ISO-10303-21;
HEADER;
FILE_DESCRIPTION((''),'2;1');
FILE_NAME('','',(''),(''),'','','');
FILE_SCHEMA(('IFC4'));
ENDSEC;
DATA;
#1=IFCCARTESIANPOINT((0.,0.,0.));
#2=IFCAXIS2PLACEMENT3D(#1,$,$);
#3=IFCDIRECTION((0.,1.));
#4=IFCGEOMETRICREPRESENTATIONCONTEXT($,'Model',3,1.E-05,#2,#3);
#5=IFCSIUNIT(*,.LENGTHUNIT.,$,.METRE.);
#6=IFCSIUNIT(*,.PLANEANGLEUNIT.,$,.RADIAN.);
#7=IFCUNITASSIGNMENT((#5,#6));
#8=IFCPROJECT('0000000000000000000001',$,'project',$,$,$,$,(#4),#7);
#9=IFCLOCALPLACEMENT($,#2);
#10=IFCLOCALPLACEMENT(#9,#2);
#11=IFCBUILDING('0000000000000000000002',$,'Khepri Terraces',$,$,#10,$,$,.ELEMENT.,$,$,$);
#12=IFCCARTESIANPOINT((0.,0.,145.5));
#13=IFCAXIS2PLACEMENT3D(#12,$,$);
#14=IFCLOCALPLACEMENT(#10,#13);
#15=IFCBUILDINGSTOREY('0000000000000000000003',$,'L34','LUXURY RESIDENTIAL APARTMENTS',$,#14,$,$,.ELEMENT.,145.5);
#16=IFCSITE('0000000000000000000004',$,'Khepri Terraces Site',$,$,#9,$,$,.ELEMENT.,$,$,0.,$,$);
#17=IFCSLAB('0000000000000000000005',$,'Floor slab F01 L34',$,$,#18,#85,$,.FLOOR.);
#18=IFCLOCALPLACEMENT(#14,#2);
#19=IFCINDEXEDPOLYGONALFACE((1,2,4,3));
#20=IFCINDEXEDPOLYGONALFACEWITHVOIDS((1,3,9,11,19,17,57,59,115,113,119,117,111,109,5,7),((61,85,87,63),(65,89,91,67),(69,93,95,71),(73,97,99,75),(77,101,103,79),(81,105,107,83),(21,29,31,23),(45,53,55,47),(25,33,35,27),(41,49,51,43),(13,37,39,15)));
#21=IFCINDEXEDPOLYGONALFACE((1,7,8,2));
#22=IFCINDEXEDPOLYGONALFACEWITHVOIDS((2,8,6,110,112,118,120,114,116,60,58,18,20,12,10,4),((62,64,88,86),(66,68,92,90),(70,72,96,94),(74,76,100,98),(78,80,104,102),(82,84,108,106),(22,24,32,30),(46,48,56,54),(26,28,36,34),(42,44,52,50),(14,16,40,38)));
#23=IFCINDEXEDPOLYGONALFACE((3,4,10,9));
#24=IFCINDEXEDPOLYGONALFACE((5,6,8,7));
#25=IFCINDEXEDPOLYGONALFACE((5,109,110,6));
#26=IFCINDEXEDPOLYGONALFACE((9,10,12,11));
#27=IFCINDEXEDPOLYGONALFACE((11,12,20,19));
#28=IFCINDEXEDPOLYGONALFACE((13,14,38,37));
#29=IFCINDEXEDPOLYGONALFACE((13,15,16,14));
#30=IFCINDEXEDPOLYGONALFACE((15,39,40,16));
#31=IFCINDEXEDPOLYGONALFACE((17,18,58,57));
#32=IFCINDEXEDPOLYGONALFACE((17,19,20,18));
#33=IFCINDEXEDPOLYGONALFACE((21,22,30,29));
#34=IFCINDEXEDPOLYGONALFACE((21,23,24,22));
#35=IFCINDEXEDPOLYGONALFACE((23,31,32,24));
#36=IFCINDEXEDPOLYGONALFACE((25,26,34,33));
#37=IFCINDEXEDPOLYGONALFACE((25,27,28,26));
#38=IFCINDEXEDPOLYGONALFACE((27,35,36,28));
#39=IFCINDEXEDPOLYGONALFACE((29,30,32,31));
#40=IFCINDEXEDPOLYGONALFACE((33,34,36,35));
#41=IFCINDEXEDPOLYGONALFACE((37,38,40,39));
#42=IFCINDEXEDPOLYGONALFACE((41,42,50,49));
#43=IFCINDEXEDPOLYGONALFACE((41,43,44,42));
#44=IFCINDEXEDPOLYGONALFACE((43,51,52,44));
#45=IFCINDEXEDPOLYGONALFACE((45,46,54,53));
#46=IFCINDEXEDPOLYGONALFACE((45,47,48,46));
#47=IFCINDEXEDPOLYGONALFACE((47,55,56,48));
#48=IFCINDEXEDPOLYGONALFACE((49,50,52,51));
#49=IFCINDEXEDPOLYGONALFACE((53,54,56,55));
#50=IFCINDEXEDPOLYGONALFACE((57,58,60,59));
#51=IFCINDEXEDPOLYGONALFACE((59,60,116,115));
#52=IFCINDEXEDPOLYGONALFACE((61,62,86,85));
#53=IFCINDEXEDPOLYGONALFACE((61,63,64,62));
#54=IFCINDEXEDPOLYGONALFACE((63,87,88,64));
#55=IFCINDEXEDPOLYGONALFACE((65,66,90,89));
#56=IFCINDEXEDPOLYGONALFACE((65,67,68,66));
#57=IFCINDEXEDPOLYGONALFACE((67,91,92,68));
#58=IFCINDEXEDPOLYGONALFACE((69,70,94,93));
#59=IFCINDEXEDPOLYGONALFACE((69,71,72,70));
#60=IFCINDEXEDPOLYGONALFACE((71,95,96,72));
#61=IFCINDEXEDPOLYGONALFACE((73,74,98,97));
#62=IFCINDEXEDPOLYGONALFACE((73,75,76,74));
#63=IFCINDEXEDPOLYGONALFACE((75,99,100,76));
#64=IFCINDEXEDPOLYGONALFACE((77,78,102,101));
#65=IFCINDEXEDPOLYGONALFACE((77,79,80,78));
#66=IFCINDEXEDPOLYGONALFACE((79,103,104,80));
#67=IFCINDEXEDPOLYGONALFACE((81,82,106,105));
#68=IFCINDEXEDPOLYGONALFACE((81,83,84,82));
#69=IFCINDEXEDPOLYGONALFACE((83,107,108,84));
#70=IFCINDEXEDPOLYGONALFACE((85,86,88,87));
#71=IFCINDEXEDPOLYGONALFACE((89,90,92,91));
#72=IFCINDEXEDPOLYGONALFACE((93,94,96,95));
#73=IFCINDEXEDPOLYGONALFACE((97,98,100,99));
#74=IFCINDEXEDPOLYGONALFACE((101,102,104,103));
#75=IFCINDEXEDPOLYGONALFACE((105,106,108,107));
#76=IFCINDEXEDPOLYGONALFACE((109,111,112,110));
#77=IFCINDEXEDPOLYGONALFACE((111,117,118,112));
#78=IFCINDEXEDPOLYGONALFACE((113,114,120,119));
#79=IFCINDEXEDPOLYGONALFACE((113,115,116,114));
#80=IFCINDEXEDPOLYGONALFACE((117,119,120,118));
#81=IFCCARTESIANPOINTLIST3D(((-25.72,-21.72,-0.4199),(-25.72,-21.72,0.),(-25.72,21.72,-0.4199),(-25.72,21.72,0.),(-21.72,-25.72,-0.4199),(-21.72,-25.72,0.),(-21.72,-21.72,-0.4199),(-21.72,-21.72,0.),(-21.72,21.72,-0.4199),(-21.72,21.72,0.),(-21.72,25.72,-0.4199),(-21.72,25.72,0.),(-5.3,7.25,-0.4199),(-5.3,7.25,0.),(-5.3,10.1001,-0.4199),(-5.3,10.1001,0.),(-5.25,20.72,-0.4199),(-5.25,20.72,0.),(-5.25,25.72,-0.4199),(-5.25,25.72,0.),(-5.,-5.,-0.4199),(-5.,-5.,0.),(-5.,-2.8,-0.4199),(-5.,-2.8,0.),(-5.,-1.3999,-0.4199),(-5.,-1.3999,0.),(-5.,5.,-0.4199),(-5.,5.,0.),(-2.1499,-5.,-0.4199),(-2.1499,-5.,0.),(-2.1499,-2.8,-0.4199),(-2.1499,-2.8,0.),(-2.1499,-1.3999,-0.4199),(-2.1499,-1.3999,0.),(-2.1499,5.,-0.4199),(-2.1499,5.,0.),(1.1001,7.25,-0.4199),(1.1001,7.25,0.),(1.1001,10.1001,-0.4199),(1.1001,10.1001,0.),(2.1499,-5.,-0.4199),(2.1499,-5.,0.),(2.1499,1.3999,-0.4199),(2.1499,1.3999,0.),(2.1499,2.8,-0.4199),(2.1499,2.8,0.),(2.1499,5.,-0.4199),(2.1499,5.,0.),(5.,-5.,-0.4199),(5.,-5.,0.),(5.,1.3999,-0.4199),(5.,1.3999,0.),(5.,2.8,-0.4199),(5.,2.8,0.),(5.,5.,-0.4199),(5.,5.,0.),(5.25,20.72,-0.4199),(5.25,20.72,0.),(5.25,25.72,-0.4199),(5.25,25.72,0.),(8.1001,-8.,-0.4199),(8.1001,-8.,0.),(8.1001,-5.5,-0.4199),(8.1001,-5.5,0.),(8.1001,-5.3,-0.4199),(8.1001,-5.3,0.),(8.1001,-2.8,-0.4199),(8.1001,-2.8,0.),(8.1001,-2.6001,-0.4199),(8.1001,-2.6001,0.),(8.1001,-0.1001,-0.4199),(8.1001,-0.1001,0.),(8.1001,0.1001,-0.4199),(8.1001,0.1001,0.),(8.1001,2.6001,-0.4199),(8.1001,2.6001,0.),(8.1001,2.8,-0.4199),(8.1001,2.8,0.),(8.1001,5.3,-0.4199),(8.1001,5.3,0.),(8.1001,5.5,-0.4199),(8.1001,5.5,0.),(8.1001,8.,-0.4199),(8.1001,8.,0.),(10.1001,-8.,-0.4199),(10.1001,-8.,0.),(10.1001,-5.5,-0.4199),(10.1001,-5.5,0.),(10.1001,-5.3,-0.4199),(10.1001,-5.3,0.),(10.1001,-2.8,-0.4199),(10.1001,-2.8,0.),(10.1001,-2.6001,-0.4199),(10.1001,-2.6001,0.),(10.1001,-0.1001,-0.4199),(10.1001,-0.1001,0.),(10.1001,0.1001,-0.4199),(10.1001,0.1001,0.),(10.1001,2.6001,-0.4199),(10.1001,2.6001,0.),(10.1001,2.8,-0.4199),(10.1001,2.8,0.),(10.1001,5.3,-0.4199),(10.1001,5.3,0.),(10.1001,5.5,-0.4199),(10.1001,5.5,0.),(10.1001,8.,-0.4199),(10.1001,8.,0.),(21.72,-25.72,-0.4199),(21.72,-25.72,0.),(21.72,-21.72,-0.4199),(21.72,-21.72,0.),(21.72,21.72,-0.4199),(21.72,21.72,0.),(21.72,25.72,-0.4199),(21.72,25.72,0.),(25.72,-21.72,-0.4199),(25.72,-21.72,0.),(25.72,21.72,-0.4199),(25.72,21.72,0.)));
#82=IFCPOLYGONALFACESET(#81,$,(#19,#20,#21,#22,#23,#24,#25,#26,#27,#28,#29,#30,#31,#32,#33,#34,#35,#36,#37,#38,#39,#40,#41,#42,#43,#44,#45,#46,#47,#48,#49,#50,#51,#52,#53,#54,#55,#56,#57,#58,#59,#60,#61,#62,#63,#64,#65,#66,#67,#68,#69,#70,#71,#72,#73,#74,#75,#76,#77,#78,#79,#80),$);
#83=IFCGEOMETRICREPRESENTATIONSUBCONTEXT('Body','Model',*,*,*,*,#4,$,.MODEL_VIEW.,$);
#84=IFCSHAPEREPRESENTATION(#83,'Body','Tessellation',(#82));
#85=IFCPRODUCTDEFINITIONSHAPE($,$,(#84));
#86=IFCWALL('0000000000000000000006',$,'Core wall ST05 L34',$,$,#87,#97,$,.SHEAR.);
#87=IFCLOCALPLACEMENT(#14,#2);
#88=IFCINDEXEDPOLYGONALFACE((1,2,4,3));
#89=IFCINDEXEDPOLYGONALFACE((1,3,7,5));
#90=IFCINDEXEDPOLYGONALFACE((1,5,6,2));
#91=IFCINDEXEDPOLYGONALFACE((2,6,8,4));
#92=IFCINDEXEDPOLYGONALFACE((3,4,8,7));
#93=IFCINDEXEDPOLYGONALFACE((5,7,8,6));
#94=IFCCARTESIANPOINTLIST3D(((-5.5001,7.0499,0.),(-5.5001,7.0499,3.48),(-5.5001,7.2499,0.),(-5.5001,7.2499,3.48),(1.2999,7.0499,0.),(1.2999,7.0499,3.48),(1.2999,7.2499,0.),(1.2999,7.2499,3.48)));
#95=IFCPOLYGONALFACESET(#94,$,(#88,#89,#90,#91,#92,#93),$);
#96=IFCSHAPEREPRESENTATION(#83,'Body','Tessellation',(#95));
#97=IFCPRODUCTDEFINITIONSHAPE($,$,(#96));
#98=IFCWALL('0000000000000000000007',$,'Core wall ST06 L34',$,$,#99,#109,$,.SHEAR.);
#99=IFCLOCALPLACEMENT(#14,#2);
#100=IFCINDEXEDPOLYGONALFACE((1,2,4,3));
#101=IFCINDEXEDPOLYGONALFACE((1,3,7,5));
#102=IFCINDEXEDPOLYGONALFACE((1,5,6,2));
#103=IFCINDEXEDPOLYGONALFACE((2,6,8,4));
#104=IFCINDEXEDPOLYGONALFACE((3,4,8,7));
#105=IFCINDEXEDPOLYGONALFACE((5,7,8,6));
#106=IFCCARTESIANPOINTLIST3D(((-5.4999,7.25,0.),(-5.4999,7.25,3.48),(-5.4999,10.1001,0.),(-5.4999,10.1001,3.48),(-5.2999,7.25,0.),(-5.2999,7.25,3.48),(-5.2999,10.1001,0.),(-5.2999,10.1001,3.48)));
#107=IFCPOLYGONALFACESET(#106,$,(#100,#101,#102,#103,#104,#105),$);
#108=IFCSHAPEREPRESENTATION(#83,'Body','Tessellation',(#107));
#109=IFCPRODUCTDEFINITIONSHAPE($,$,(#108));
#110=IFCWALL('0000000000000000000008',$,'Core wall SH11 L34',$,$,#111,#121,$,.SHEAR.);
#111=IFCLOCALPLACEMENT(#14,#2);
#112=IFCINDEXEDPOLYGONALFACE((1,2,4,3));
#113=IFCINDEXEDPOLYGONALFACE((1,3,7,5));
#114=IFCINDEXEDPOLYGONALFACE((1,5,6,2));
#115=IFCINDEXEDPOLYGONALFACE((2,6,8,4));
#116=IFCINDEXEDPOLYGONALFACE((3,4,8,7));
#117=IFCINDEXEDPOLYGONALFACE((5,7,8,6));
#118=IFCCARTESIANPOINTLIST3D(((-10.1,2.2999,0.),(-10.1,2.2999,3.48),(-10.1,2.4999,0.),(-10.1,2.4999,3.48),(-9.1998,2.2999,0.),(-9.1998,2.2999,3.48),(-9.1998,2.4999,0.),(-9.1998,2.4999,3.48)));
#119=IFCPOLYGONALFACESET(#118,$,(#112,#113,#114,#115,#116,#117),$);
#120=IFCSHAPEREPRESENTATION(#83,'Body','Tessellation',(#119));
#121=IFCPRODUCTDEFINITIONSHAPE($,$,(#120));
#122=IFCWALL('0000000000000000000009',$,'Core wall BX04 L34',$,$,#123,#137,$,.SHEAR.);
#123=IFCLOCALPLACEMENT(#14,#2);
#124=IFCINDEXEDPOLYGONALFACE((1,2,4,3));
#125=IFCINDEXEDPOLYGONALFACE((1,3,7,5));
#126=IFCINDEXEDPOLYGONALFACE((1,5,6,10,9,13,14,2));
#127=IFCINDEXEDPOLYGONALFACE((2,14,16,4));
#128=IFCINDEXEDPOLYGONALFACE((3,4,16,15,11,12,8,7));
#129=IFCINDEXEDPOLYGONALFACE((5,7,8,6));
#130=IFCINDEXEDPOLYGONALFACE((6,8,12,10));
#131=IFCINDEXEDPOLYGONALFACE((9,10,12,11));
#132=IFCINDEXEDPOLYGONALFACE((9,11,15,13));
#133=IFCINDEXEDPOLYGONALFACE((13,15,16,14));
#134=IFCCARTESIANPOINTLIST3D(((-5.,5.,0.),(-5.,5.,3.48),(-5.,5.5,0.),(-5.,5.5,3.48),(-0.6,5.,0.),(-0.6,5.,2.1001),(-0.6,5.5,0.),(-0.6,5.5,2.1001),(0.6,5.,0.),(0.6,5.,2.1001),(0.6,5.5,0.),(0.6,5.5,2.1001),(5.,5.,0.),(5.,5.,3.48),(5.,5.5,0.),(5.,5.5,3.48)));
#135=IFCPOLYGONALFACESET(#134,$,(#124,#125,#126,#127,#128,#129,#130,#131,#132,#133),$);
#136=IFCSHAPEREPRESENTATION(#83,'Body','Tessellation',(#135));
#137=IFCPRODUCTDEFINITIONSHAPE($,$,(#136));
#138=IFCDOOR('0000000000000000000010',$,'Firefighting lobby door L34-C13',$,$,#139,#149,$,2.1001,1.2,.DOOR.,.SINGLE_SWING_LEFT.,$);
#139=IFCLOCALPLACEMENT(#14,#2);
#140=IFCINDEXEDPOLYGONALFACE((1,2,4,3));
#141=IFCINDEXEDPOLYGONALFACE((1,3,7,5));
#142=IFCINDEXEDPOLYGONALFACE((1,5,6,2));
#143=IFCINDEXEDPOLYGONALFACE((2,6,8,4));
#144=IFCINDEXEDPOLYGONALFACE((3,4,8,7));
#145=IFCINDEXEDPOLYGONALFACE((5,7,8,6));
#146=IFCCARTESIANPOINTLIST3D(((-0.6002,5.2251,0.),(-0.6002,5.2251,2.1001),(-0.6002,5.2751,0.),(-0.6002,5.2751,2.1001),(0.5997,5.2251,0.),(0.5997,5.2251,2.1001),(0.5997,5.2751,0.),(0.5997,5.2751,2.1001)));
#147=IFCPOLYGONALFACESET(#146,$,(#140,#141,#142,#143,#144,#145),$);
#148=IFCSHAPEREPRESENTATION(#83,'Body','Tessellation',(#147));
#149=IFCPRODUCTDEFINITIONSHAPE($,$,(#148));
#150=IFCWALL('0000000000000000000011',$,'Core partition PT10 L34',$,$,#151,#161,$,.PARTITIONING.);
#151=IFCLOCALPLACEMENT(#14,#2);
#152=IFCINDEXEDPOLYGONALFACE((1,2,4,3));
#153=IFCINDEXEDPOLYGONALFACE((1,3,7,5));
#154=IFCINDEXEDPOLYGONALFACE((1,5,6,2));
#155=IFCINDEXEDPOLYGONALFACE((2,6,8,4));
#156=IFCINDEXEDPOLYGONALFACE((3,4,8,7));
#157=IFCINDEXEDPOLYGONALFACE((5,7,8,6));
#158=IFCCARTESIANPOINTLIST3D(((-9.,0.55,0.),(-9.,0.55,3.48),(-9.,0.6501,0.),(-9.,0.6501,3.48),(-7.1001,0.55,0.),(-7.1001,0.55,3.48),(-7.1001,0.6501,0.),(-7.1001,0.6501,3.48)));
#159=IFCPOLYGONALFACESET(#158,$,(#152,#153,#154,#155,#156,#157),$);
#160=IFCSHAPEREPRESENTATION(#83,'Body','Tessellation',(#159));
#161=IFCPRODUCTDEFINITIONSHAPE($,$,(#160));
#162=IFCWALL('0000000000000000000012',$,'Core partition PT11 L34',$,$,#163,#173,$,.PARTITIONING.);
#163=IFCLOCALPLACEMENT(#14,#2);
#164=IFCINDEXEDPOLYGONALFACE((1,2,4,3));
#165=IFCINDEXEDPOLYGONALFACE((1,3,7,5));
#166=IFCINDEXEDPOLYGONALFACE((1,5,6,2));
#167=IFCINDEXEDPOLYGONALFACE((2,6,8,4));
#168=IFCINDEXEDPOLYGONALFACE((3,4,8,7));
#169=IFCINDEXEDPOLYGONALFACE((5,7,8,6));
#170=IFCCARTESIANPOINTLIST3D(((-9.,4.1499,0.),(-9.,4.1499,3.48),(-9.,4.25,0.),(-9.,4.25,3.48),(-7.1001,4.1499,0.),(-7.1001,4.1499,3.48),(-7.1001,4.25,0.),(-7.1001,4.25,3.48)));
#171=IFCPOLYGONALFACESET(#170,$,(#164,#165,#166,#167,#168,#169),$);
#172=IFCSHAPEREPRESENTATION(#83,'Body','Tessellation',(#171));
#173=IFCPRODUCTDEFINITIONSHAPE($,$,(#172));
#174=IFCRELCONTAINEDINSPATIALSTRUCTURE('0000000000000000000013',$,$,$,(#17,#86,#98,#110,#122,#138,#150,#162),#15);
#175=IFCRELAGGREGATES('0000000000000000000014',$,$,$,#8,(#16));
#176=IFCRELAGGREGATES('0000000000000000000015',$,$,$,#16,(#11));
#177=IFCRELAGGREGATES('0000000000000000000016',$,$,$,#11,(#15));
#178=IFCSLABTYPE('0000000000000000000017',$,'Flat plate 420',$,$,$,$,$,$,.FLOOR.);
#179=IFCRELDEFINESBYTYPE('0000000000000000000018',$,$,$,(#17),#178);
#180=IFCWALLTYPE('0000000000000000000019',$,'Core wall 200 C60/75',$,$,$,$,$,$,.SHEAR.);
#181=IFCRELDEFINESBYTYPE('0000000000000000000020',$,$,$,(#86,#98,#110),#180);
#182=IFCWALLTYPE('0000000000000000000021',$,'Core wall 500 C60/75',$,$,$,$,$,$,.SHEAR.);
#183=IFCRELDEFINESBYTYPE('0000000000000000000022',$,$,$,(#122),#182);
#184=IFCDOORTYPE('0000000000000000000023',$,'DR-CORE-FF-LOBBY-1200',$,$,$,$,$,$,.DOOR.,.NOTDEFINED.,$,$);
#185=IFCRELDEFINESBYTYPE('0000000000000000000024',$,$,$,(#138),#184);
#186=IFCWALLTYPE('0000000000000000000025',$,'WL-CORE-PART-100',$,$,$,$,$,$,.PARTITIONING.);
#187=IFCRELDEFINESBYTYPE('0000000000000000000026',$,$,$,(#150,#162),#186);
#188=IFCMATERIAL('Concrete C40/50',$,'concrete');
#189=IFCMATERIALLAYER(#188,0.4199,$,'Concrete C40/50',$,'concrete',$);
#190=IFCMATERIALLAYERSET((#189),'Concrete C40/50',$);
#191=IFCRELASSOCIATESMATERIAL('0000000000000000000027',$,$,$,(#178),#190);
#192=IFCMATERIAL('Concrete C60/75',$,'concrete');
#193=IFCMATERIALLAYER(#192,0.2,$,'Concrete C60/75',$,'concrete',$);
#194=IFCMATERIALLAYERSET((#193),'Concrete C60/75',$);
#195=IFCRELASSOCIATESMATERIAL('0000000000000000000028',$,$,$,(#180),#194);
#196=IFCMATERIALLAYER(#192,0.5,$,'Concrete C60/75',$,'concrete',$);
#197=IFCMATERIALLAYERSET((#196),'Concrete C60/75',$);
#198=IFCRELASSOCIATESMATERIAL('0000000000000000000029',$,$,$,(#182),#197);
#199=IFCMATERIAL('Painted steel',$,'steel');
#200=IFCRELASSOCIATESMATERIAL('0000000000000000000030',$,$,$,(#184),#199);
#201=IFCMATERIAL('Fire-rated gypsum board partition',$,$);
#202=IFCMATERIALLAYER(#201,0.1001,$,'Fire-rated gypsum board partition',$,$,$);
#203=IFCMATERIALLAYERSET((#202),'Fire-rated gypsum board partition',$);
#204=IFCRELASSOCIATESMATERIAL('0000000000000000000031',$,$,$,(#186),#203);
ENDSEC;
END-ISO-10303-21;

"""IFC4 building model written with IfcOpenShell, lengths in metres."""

from ifc_helpers import new_model, si_unit, direction, frame, frame_2d, origin, place, context, subcontext, project, spatial, polyline, rectangle, outline, extrude, material, layer, layer_set, type_object, element, fill, save


model = new_model("IFC4")

# Units and contexts
model_context = context("Model", 3, precision=1e-05, world=origin(), true_north=direction((0.0, 1.0)))
body_context = subcontext(model_context, "Body", "Model", "MODEL_VIEW")
ifc_project = project(units=[si_unit("LENGTHUNIT", "METRE"), si_unit("PLANEANGLEUNIT", "RADIAN")], contexts=[model_context])

# Site, building, storey
site_placement = place(None, origin())
site = spatial("IfcSite", under=ifc_project, at=site_placement, Name="Khepri Terraces Site", CompositionType="ELEMENT", RefElevation=0.0)
building_placement = place(site_placement, origin())
building = spatial("IfcBuilding", under=site, at=building_placement, Name="Khepri Terraces", CompositionType="ELEMENT")
storey_placement = place(building_placement, frame((0.0, 0.0, 145.5)))
storey = spatial("IfcBuildingStorey", under=building, at=storey_placement, Name="L34", Description="LUXURY RESIDENTIAL APARTMENTS", CompositionType="ELEMENT", Elevation=145.5)

# Slab
ifc_material_1 = material(Name="Concrete C40/50", Category="concrete")
ifc_layer_1 = layer(ifc_material_1, 0.4199, Name="Concrete C40/50", Category="concrete")
ifc_layer_set_1 = layer_set([ifc_layer_1], Name="Concrete C40/50")
slab_type = type_object("IfcSlabType", Name="Flat plate 420", PredefinedType="FLOOR", material=ifc_layer_set_1)
slab_placement = place(storey_placement, frame((0.0, 0.0, -0.4199)))
element("IfcSlab", 1, at=slab_placement, inside=storey, type_object=slab_type, Name="Floor slab F01 L34", PredefinedType="FLOOR", context=body_context, shape_type="SweptSolid", body=[
    extrude(outline(polyline([(5.25, 25.72), (21.72, 25.72), (21.72, 21.72), (25.72, 21.72), (25.72, -21.72), (21.72, -21.72), (21.72, -25.72), (-21.72, -25.72), (-21.72, -21.72), (-25.72, -21.72), (-25.72, 21.72), (-21.72, 21.72), (-21.72, 25.72), (-5.25, 25.72), (-5.25, 20.72), (5.25, 20.72), (5.25, 25.72)]), holes=[polyline([(2.1499, 2.8), (5.0, 2.8), (5.0, 5.0), (2.1499, 5.0), (2.1499, 2.8)]), polyline([(-5.0, -2.8), (-5.0, -5.0), (-2.1499, -5.0), (-2.1499, -2.8), (-5.0, -2.8)]), polyline([(10.1001, -5.5), (8.1001, -5.5), (8.1001, -8.0), (10.1001, -8.0), (10.1001, -5.5)]), polyline([(10.1001, -5.3), (10.1001, -2.8), (8.1001, -2.8), (8.1001, -5.3), (10.1001, -5.3)]), polyline([(8.1001, -2.6001), (10.1001, -2.6001), (10.1001, -0.1001), (8.1001, -0.1001), (8.1001, -2.6001)]), polyline([(8.1001, 2.6001), (8.1001, 0.1001), (10.1001, 0.1001), (10.1001, 2.6001), (8.1001, 2.6001)]), polyline([(10.1001, 5.3), (8.1001, 5.3), (8.1001, 2.8), (10.1001, 2.8), (10.1001, 5.3)]), polyline([(10.1001, 5.5), (10.1001, 8.0), (8.1001, 8.0), (8.1001, 5.5), (10.1001, 5.5)]), polyline([(-5.0, -1.3999), (-2.1499, -1.3999), (-2.1499, 5.0), (-5.0, 5.0), (-5.0, -1.3999)]), polyline([(5.0, -5.0), (5.0, 1.3999), (2.1499, 1.3999), (2.1499, -5.0), (5.0, -5.0)]), polyline([(-5.3, 10.1001), (-5.3, 7.25), (1.1001, 7.25), (1.1001, 10.1001), (-5.3, 10.1001)])]), origin(), (0.0, 0.0, 1.0), 0.4199),
])

# Walls
ifc_material_2 = material(Name="Concrete C60/75", Category="concrete")
ifc_layer_2 = layer(ifc_material_2, 0.2, Name="Concrete C60/75", Category="concrete")
ifc_layer_set_2 = layer_set([ifc_layer_2], Name="Concrete C60/75")
wall_type_1 = type_object("IfcWallType", Name="Core wall 200 C60/75", PredefinedType="SHEAR", material=ifc_layer_set_2)
wall_1_placement = place(storey_placement, frame((-5.5, 7.1499, 0.0), z_axis=(0.0, 0.0, 1.0), x_axis=(1.0, 0.0, 0.0)))
element("IfcWall", 2, at=wall_1_placement, inside=storey, type_object=wall_type_1, Name="Core wall ST05 L34", PredefinedType="SHEAR", context=body_context, shape_type="SweptSolid", body=[
    extrude(rectangle(XDim=6.8, YDim=0.2, at=frame_2d((3.3999, 0.0))), origin(), (0.0, 0.0, 1.0), 3.48),
])
wall_2_placement = place(storey_placement, frame((-5.3999, 7.25, 0.0), z_axis=(0.0, 0.0, 1.0), x_axis=(0.0, 1.0, 0.0)))
element("IfcWall", 3, at=wall_2_placement, inside=storey, type_object=wall_type_1, Name="Core wall ST06 L34", PredefinedType="SHEAR", context=body_context, shape_type="SweptSolid", body=[
    extrude(rectangle(XDim=2.8501, YDim=0.2, at=frame_2d((1.425, 0.0))), origin(), (0.0, 0.0, 1.0), 3.48),
])
wall_3_placement = place(storey_placement, frame((-10.1001, 2.3999, 0.0), z_axis=(0.0, 0.0, 1.0), x_axis=(1.0, 0.0, 0.0)))
element("IfcWall", 4, at=wall_3_placement, inside=storey, type_object=wall_type_1, Name="Core wall SH11 L34", PredefinedType="SHEAR", context=body_context, shape_type="SweptSolid", body=[
    extrude(rectangle(XDim=0.9001, YDim=0.2, at=frame_2d((0.4502, 0.0))), origin(), (0.0, 0.0, 1.0), 3.48),
])

# Wall, opening, door
ifc_layer_3 = layer(ifc_material_2, 0.5, Name="Concrete C60/75", Category="concrete")
ifc_layer_set_3 = layer_set([ifc_layer_3], Name="Concrete C60/75")
wall_type_2 = type_object("IfcWallType", Name="Core wall 500 C60/75", PredefinedType="SHEAR", material=ifc_layer_set_3)
wall_4_placement = place(storey_placement, frame((-5.0, 5.25, 0.0), z_axis=(0.0, 0.0, 1.0), x_axis=(1.0, 0.0, 0.0)))
wall_4 = element("IfcWall", 5, at=wall_4_placement, inside=storey, type_object=wall_type_2, Name="Core wall BX04 L34", PredefinedType="SHEAR", context=body_context, shape_type="SweptSolid", body=[
    extrude(rectangle(XDim=10.0, YDim=0.5, at=frame_2d((5.0, 0.0))), origin(), (0.0, 0.0, 1.0), 3.48),
])
opening_1_placement = place(wall_4_placement, frame((4.3999, 0.0, 0.0)))
opening_1 = element("IfcOpeningElement", 6, at=opening_1_placement, cuts=wall_4, PredefinedType="OPENING", context=body_context, shape_type="SweptSolid", body=[
    extrude(rectangle(XDim=1.2, YDim=2.1001, at=frame_2d((0.6001, 1.05))), frame((0.0, 0.26, 0.0), z_axis=(0.0, -1.0, 0.0), x_axis=(1.0, 0.0, 0.0)), (0.0, 0.0, 1.0), 0.52),
])
ifc_material_3 = material(Name="Painted steel", Category="steel")
door_type_1 = type_object("IfcDoorType", Name="DR-CORE-FF-LOBBY-1200", OperationType="NOTDEFINED", PredefinedType="DOOR", material=ifc_material_3)
door_1_placement = place(opening_1_placement, frame((1.2, 0.0, 0.0), z_axis=(0.0, 0.0, 1.0), x_axis=(-1.0, 0.0, 0.0)))
door_1 = element("IfcDoor", 7, at=door_1_placement, inside=storey, type_object=door_type_1, Name="Firefighting lobby door L34-C13", OperationType="SINGLE_SWING_LEFT", OverallHeight=2.1001, OverallWidth=1.2, PredefinedType="DOOR", context=body_context, shape_type="SweptSolid", body=[
    extrude(rectangle(XDim=1.2, YDim=2.1001, at=frame_2d((0.6001, 1.05))), frame((0.0, 0.0249, 0.0), z_axis=(0.0, -1.0, 0.0), x_axis=(1.0, 0.0, 0.0)), (0.0, 0.0, 1.0), 0.05),
])
fill(opening_1, door_1)

# Walls
ifc_material_4 = material(Name="Fire-rated gypsum board partition")
ifc_layer_4 = layer(ifc_material_4, 0.1001, Name="Fire-rated gypsum board partition")
ifc_layer_set_4 = layer_set([ifc_layer_4], Name="Fire-rated gypsum board partition")
wall_type_3 = type_object("IfcWallType", Name="WL-CORE-PART-100", PredefinedType="PARTITIONING", material=ifc_layer_set_4)
for number, where, z_axis, x_axis, name in (
    (8, (-9.0, 0.6001, 0.0), (0.0, 0.0, 1.0), (1.0, 0.0, 0.0), "Core partition PT10 L34"),
    (9, (-9.0, 4.2, 0.0), (0.0, 0.0, 1.0), (1.0, 0.0, 0.0), "Core partition PT11 L34"),
):
    element("IfcWall", number, at=place(storey_placement, frame(where, z_axis=z_axis, x_axis=x_axis)), inside=storey, type_object=wall_type_3, Name=name, PredefinedType="PARTITIONING", context=body_context, shape_type="SweptSolid", body=[
        extrude(rectangle(XDim=1.8999, YDim=0.1001, at=frame_2d((0.95, 0.0))), origin(), (0.0, 0.0, 1.0), 3.48),
    ])

save(model, "model.ifc")
